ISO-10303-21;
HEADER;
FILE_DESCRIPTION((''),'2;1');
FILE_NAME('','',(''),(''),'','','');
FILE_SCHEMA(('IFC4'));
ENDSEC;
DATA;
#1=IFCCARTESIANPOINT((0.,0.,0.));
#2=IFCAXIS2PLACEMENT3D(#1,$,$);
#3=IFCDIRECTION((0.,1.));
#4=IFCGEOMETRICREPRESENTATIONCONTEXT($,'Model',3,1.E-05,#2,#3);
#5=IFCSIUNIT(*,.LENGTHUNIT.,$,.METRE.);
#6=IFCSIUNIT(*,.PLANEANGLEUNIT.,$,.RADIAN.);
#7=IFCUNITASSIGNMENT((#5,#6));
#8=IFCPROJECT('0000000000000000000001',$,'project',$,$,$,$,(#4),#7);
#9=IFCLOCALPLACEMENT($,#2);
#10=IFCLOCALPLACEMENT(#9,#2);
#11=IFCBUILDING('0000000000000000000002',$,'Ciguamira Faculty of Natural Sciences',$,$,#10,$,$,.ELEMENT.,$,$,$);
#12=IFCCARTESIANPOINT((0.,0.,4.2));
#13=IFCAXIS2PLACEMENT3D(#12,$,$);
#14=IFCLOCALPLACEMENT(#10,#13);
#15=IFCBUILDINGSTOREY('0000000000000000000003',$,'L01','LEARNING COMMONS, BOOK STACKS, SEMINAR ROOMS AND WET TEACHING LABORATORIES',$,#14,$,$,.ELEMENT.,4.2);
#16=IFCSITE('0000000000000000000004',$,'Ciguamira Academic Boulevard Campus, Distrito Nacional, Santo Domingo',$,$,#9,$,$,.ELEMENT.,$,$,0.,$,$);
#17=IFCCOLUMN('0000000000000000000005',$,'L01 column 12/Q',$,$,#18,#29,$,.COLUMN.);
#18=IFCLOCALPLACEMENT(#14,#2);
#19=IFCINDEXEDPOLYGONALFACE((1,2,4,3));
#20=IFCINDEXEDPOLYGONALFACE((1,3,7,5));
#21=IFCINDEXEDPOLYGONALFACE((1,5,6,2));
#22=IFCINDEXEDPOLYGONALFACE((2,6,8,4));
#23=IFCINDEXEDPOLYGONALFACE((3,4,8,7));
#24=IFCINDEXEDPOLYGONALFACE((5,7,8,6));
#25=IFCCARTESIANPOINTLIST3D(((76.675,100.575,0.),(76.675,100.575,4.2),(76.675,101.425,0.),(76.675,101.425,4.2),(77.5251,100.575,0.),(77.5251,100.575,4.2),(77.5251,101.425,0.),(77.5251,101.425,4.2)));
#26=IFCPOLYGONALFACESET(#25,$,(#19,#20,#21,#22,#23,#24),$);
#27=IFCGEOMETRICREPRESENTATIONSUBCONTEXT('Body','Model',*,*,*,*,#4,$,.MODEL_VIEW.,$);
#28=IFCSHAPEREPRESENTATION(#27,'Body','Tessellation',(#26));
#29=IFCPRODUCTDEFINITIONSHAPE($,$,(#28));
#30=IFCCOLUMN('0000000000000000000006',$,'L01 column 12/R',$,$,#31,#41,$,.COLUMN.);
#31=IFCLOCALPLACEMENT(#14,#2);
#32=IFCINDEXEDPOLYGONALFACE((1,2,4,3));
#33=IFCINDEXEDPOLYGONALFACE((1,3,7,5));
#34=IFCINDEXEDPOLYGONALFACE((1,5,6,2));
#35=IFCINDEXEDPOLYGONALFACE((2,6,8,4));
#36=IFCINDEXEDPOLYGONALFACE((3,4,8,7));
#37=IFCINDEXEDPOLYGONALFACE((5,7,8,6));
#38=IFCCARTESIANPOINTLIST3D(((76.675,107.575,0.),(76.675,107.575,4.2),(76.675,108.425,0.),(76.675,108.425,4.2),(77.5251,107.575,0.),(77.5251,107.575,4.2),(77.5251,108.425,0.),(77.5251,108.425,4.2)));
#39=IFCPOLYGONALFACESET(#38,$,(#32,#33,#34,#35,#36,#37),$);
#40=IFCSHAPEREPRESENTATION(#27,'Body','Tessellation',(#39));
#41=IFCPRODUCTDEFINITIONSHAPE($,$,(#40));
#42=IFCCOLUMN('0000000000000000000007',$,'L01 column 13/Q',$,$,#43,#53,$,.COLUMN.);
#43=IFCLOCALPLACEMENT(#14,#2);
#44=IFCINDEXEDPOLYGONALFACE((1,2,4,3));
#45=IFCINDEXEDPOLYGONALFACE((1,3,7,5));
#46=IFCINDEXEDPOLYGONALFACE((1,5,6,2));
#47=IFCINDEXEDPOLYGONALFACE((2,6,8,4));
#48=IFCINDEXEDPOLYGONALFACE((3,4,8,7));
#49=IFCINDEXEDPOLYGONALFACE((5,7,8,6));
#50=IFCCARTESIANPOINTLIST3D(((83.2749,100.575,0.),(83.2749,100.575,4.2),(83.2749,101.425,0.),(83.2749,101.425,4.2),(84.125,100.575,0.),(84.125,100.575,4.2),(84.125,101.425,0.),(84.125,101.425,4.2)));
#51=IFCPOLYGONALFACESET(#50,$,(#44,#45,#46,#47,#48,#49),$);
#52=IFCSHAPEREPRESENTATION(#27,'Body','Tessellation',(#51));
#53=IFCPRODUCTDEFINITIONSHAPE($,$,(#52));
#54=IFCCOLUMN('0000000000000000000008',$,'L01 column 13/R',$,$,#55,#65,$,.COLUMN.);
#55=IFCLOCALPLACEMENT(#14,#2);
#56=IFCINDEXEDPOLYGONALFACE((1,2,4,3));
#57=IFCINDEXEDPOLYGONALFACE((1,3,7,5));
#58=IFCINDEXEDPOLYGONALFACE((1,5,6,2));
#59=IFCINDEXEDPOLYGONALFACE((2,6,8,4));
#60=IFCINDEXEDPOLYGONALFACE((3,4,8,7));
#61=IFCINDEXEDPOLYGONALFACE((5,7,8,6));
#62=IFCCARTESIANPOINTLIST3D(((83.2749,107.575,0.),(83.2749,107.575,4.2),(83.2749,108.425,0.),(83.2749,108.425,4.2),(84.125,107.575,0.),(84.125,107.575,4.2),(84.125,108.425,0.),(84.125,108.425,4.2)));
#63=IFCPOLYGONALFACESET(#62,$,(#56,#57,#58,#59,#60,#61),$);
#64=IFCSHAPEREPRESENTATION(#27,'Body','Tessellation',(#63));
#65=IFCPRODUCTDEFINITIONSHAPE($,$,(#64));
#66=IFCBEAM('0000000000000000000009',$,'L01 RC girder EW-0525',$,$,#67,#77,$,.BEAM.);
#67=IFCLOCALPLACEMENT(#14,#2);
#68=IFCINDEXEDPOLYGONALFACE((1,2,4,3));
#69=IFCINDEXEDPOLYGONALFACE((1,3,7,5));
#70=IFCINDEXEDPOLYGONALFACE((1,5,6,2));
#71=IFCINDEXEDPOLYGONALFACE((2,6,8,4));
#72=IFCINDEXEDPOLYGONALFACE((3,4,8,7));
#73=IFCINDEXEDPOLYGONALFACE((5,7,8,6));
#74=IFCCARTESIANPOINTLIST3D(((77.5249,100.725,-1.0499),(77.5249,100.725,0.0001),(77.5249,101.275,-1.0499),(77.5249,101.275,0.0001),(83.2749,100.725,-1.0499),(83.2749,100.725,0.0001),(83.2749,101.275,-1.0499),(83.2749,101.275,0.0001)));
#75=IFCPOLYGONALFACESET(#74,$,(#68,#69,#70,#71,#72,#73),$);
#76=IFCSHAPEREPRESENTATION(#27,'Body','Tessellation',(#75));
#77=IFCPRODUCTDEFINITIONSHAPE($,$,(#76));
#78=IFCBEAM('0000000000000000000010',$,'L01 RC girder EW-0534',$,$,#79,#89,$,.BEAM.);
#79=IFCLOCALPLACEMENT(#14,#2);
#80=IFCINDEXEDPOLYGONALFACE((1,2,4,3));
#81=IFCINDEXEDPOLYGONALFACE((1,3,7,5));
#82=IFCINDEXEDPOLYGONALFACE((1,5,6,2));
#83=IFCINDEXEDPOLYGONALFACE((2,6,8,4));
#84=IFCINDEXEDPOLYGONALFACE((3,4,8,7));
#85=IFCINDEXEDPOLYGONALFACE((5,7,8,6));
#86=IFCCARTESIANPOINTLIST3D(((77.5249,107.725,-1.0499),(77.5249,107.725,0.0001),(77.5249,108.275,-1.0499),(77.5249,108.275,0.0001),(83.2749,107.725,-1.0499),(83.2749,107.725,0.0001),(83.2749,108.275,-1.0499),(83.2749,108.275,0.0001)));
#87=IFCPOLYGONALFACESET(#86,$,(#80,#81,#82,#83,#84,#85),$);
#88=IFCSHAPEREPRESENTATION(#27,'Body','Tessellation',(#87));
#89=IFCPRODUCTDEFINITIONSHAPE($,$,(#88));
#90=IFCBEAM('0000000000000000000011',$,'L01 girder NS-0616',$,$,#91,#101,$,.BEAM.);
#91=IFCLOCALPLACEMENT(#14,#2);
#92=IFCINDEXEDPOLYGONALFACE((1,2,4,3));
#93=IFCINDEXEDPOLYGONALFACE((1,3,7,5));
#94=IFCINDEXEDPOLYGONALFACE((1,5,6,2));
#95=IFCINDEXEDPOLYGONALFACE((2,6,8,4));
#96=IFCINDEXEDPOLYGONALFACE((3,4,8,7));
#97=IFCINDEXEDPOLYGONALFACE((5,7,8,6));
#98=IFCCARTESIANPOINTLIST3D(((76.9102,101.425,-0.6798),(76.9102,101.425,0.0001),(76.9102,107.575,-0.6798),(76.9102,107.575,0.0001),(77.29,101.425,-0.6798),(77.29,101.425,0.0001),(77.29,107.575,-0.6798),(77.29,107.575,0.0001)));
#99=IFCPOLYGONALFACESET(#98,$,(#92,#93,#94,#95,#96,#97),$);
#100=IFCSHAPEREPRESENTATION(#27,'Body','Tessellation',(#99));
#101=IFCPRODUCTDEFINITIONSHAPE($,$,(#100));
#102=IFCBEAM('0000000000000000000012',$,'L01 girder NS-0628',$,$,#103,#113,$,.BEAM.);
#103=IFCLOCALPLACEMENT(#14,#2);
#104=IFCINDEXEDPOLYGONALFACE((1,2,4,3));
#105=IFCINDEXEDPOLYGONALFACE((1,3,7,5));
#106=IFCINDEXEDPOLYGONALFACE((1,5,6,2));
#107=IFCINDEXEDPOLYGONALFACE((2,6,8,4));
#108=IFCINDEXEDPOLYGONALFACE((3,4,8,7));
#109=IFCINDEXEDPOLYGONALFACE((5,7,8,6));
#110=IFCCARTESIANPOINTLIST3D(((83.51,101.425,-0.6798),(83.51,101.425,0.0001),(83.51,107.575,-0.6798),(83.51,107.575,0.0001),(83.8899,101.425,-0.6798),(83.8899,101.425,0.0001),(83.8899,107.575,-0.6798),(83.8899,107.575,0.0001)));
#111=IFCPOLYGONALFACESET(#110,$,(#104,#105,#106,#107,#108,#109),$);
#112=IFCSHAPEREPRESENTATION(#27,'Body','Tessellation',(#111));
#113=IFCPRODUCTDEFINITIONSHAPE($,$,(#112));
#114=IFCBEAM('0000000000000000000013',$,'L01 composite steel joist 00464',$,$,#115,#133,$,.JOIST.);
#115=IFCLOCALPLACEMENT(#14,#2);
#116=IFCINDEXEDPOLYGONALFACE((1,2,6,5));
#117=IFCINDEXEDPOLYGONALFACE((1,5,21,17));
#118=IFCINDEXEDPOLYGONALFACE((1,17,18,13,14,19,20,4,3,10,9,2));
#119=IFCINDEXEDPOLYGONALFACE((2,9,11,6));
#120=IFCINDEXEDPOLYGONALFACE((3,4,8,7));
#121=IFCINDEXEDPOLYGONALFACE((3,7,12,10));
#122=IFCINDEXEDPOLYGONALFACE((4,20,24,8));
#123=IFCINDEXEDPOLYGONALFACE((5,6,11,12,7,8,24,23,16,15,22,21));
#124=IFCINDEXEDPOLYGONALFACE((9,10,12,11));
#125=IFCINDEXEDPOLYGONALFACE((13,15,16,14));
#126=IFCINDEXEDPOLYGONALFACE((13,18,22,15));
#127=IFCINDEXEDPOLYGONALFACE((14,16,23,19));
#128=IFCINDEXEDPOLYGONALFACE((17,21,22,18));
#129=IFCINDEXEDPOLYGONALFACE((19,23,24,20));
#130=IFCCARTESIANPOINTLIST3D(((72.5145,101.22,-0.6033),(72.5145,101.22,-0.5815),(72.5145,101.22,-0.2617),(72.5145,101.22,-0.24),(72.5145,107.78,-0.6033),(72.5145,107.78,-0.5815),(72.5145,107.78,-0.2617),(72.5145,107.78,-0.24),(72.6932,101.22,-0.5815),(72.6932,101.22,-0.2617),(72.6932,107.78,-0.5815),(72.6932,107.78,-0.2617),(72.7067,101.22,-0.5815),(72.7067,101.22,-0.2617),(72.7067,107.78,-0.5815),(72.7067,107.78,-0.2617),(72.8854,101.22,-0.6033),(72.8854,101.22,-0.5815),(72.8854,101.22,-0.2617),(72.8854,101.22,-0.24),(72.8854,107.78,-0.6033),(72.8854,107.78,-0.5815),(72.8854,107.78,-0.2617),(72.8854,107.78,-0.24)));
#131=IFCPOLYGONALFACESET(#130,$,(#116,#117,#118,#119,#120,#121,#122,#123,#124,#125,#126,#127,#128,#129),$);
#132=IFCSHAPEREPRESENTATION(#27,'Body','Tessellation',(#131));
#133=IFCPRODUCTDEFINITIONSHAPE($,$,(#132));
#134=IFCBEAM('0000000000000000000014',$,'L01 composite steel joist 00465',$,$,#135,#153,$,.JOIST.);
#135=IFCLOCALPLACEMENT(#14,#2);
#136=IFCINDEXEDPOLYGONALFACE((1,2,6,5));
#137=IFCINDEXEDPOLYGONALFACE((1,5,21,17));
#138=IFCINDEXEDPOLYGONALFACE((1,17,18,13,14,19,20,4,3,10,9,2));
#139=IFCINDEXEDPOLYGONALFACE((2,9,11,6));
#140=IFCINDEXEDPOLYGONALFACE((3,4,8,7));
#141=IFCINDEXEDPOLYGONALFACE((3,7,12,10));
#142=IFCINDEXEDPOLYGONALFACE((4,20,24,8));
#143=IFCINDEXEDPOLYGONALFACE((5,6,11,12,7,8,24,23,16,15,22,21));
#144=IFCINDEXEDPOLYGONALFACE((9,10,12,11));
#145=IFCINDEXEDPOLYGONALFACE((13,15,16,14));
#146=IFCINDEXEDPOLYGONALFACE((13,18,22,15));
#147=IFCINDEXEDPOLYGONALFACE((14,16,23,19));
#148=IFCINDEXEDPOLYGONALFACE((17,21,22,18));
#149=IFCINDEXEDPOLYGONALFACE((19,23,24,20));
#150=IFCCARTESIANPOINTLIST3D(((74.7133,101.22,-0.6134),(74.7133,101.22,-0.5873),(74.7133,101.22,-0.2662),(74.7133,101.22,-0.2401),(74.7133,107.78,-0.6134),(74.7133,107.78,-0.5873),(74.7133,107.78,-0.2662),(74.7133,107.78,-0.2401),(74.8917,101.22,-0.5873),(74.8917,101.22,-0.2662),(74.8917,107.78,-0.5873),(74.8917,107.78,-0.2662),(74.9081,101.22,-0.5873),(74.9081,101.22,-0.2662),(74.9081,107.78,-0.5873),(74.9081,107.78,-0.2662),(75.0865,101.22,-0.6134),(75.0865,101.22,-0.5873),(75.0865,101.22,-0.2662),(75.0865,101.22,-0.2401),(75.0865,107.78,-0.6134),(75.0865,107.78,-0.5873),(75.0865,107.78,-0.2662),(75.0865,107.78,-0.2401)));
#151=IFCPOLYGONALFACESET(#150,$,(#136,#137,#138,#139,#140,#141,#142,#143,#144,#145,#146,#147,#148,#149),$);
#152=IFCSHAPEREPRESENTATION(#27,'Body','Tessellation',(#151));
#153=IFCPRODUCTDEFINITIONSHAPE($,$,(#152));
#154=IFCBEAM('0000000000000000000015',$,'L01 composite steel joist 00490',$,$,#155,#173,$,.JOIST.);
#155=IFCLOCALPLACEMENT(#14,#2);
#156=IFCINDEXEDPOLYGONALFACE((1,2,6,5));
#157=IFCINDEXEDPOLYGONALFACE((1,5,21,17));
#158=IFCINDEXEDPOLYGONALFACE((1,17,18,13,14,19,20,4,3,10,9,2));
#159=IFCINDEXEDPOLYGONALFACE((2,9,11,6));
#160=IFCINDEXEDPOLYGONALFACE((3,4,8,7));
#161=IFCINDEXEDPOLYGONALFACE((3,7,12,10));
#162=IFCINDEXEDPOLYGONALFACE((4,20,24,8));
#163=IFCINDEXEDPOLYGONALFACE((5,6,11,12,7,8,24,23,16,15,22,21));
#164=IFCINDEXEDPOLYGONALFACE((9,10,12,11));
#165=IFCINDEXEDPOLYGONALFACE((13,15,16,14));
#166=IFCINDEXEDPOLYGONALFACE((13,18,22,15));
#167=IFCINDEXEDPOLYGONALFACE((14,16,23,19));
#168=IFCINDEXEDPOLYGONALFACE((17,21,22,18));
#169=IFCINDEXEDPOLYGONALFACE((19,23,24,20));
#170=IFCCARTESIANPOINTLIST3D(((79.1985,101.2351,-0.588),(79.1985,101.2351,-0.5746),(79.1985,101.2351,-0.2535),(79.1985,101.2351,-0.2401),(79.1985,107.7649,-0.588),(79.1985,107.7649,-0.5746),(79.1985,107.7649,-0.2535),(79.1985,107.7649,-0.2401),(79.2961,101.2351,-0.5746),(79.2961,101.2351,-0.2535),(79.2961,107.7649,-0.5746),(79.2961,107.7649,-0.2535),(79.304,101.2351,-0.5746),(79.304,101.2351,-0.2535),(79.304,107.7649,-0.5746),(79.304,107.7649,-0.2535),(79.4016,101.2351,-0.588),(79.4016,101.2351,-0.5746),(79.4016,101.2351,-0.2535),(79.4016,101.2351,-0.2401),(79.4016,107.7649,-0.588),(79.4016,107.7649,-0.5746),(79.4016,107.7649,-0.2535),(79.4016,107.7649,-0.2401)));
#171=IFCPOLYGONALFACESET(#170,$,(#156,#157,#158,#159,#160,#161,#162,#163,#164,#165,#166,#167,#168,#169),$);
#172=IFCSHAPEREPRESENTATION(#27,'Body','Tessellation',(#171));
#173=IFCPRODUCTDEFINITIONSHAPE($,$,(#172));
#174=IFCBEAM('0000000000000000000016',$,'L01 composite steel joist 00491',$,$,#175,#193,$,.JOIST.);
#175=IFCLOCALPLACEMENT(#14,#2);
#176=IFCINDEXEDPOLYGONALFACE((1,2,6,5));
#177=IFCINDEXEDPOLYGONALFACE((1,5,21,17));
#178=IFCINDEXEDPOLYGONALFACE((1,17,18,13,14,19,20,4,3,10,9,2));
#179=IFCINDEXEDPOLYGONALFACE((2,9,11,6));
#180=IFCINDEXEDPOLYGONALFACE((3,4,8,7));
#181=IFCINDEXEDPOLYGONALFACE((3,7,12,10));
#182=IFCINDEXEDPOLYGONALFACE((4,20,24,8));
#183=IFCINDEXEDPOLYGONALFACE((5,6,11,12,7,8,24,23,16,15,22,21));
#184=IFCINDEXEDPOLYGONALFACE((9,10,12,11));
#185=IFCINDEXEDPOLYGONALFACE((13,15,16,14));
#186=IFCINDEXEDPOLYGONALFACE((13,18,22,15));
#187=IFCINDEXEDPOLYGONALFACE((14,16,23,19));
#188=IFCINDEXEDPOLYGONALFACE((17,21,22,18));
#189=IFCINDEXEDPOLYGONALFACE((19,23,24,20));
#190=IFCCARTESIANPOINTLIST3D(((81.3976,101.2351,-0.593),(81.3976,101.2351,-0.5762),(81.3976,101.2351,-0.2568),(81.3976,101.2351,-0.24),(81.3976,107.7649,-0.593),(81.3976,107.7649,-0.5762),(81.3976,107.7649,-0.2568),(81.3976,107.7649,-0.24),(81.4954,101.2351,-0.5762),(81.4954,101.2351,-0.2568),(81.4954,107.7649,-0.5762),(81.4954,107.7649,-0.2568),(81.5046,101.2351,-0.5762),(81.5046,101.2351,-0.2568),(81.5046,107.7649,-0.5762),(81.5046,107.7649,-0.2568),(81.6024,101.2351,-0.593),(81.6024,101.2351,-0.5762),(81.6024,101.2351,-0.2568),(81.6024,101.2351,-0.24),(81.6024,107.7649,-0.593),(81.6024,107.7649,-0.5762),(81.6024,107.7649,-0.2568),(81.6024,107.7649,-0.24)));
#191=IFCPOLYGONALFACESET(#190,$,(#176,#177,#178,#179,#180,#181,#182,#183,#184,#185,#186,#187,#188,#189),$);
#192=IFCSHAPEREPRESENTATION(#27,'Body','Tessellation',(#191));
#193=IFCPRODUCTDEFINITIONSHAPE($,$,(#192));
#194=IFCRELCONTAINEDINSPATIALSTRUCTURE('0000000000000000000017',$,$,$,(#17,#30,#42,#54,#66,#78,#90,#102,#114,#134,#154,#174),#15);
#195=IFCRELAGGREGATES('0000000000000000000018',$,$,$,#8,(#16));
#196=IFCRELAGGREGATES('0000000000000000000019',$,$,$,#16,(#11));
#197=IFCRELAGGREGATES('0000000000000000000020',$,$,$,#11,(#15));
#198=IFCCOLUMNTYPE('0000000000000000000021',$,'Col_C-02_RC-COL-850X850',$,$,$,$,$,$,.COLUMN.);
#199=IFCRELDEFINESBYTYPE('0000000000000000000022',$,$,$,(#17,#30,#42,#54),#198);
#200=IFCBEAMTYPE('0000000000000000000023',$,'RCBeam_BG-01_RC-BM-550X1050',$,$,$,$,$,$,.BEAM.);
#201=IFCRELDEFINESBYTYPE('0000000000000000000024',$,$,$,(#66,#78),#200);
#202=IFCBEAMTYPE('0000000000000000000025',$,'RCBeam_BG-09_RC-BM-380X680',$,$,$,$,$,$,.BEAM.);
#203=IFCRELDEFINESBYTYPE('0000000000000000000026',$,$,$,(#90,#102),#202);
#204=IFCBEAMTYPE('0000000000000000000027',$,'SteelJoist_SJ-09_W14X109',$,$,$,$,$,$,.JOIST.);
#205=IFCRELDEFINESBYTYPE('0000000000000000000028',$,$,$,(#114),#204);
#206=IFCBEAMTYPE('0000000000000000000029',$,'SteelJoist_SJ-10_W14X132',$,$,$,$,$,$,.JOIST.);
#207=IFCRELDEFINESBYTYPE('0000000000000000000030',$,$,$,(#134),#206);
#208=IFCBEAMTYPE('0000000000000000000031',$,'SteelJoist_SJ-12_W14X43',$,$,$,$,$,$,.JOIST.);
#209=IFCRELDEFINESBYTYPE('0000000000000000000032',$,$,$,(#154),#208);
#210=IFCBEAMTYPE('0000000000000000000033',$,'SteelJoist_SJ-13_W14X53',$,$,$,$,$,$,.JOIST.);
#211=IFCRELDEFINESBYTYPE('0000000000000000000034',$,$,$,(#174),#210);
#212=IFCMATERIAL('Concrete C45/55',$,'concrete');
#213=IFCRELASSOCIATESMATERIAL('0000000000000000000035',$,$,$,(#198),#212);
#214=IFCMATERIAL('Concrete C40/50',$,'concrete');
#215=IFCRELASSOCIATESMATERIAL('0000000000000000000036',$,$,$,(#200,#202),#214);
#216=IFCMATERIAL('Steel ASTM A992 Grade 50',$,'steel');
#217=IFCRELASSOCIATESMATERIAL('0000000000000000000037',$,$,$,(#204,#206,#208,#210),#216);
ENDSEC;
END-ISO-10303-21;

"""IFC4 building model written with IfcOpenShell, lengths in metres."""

from ifc_helpers import new_model, si_unit, direction, frame, origin, origin_2d, place, context, subcontext, project, spatial, rectangle, i_section, extrude, material, material_profile, profile_set, type_object, element, save


model = new_model("IFC4")

# Units and contexts
model_context = context("Model", 3, precision=1e-05, world=origin(), true_north=direction((0.0, 1.0)))
body_context = subcontext(model_context, "Body", "Model", "MODEL_VIEW")
ifc_project = project(units=[si_unit("LENGTHUNIT", "METRE"), si_unit("PLANEANGLEUNIT", "RADIAN")], contexts=[model_context])

# Site, building, storey
site_placement = place(None, origin())
site = spatial("IfcSite", under=ifc_project, at=site_placement, Name="Ciguamira Academic Boulevard Campus, Distrito Nacional, Santo Domingo", CompositionType="ELEMENT", RefElevation=0.0)
building_placement = place(site_placement, origin())
building = spatial("IfcBuilding", under=site, at=building_placement, Name="Ciguamira Faculty of Natural Sciences", CompositionType="ELEMENT")
storey_placement = place(building_placement, frame((0.0, 0.0, 4.2)))
storey = spatial("IfcBuildingStorey", under=building, at=storey_placement, Name="L01", Description="LEARNING COMMONS, BOOK STACKS, SEMINAR ROOMS AND WET TEACHING LABORATORIES", CompositionType="ELEMENT", Elevation=4.2)

# Columns
ifc_material_1 = material(Name="Concrete C45/55", Category="concrete")
ifc_material_profile_1 = material_profile(ifc_material_1, rectangle(XDim=0.8501, YDim=0.8501, at=origin_2d()), Name="RC-COL-850X850")
ifc_profile_set_1 = profile_set([ifc_material_profile_1], Name="Concrete C45/55")
column_type = type_object("IfcColumnType", Name="Col_C-02_RC-COL-850X850", PredefinedType="COLUMN", material=ifc_profile_set_1)
for number, where, z_axis, x_axis, name in (
    (1, (77.1001, 101.0, 0.0), (0.0, 0.0, 1.0), (1.0, 0.0, 0.0), "L01 column 12/Q"),
    (2, (77.1001, 108.0, 0.0), (0.0, 0.0, 1.0), (1.0, 0.0, 0.0), "L01 column 12/R"),
    (3, (83.7, 101.0, 0.0), (0.0, 0.0, 1.0), (1.0, 0.0, 0.0), "L01 column 13/Q"),
    (4, (83.7, 108.0, 0.0), (0.0, 0.0, 1.0), (1.0, 0.0, 0.0), "L01 column 13/R"),
):
    element("IfcColumn", number, at=place(storey_placement, frame(where, z_axis=z_axis, x_axis=x_axis)), inside=storey, type_object=column_type, Name=name, PredefinedType="COLUMN", context=body_context, shape_type="SweptSolid", body=[
        extrude(rectangle(XDim=0.8501, YDim=0.8501, at=origin_2d()), origin(), (0.0, 0.0, 1.0), 4.2),
    ])

# Beams
ifc_material_2 = material(Name="Concrete C40/50", Category="concrete")
ifc_material_profile_2 = material_profile(ifc_material_2, rectangle(XDim=0.55, YDim=1.05, at=origin_2d()), Name="RC-BM-550X1050")
ifc_profile_set_2 = profile_set([ifc_material_profile_2], Name="Concrete C40/50")
beam_type_1 = type_object("IfcBeamType", Name="RCBeam_BG-01_RC-BM-550X1050", PredefinedType="BEAM", material=ifc_profile_set_2)
for number, where, z_axis, x_axis, name in (
    (5, (77.5249, 101.0, -0.5249), (1.0, 0.0, 0.0), (0.0, 1.0, 0.0), "L01 RC girder EW-0525"),
    (6, (77.5249, 108.0, -0.5249), (1.0, 0.0, 0.0), (0.0, 1.0, 0.0), "L01 RC girder EW-0534"),
):
    element("IfcBeam", number, at=place(storey_placement, frame(where, z_axis=z_axis, x_axis=x_axis)), inside=storey, type_object=beam_type_1, Name=name, PredefinedType="BEAM", context=body_context, shape_type="SweptSolid", body=[
        extrude(rectangle(XDim=0.55, YDim=1.05, at=origin_2d()), origin(), (0.0, 0.0, 1.0), 5.75),
    ])
ifc_material_profile_3 = material_profile(ifc_material_2, rectangle(XDim=0.3799, YDim=0.6799, at=origin_2d()), Name="RC-BM-380X680")
ifc_profile_set_3 = profile_set([ifc_material_profile_3], Name="Concrete C40/50")
beam_type_2 = type_object("IfcBeamType", Name="RCBeam_BG-09_RC-BM-380X680", PredefinedType="BEAM", material=ifc_profile_set_3)
for number, where, z_axis, x_axis, name in (
    (7, (77.1001, 101.425, -0.3398), (0.0, 1.0, 0.0), (-1.0, 0.0, 0.0), "L01 girder NS-0616"),
    (8, (83.7, 101.425, -0.3398), (0.0, 1.0, 0.0), (-1.0, 0.0, 0.0), "L01 girder NS-0628"),
):
    element("IfcBeam", number, at=place(storey_placement, frame(where, z_axis=z_axis, x_axis=x_axis)), inside=storey, type_object=beam_type_2, Name=name, PredefinedType="BEAM", context=body_context, shape_type="SweptSolid", body=[
        extrude(rectangle(XDim=0.3799, YDim=0.6799, at=origin_2d()), origin(), (0.0, 0.0, 1.0), 6.1499),
    ])
ifc_material_3 = material(Name="Steel ASTM A992 Grade 50", Category="steel")
ifc_material_profile_4 = material_profile(ifc_material_3, i_section(OverallWidth=0.3708, OverallDepth=0.3633, WebThickness=0.0134, FlangeThickness=0.0217, at=origin_2d()), Name="W14X109")
ifc_profile_set_4 = profile_set([ifc_material_profile_4], Name="Steel ASTM A992 Grade 50")
beam_type_3 = type_object("IfcBeamType", Name="SteelJoist_SJ-09_W14X109", PredefinedType="JOIST", material=ifc_profile_set_4)
beam_1_placement = place(storey_placement, frame((72.7, 101.22, -0.4216), z_axis=(0.0, 1.0, 0.0), x_axis=(-1.0, 0.0, 0.0)))
element("IfcBeam", 9, at=beam_1_placement, inside=storey, type_object=beam_type_3, Name="L01 composite steel joist 00464", PredefinedType="JOIST", context=body_context, shape_type="SweptSolid", body=[
    extrude(i_section(OverallWidth=0.3708, OverallDepth=0.3633, WebThickness=0.0134, FlangeThickness=0.0217, at=origin_2d()), origin(), (0.0, 0.0, 1.0), 6.5601),
])
ifc_material_profile_5 = material_profile(ifc_material_3, i_section(OverallWidth=0.3733, OverallDepth=0.3733, WebThickness=0.0164, FlangeThickness=0.0261, at=origin_2d()), Name="W14X132")
ifc_profile_set_5 = profile_set([ifc_material_profile_5], Name="Steel ASTM A992 Grade 50")
beam_type_4 = type_object("IfcBeamType", Name="SteelJoist_SJ-10_W14X132", PredefinedType="JOIST", material=ifc_profile_set_5)
beam_2_placement = place(storey_placement, frame((74.8999, 101.22, -0.4268), z_axis=(0.0, 1.0, 0.0), x_axis=(-1.0, 0.0, 0.0)))
element("IfcBeam", 10, at=beam_2_placement, inside=storey, type_object=beam_type_4, Name="L01 composite steel joist 00465", PredefinedType="JOIST", context=body_context, shape_type="SweptSolid", body=[
    extrude(i_section(OverallWidth=0.3733, OverallDepth=0.3733, WebThickness=0.0164, FlangeThickness=0.0261, at=origin_2d()), origin(), (0.0, 0.0, 1.0), 6.5601),
])
ifc_material_profile_6 = material_profile(ifc_material_3, i_section(OverallWidth=0.2031, OverallDepth=0.3479, WebThickness=0.0078, FlangeThickness=0.0134, at=origin_2d()), Name="W14X43")
ifc_profile_set_6 = profile_set([ifc_material_profile_6], Name="Steel ASTM A992 Grade 50")
beam_type_5 = type_object("IfcBeamType", Name="SteelJoist_SJ-12_W14X43", PredefinedType="JOIST", material=ifc_profile_set_6)
beam_3_placement = place(storey_placement, frame((79.3, 101.2351, -0.4141), z_axis=(0.0, 1.0, 0.0), x_axis=(-1.0, 0.0, 0.0)))
element("IfcBeam", 11, at=beam_3_placement, inside=storey, type_object=beam_type_5, Name="L01 composite steel joist 00490", PredefinedType="JOIST", context=body_context, shape_type="SweptSolid", body=[
    extrude(i_section(OverallWidth=0.2031, OverallDepth=0.3479, WebThickness=0.0078, FlangeThickness=0.0134, at=origin_2d()), origin(), (0.0, 0.0, 1.0), 6.5298),
])
ifc_material_profile_7 = material_profile(ifc_material_3, i_section(OverallWidth=0.2048, OverallDepth=0.353, WebThickness=0.0093, FlangeThickness=0.0168, at=origin_2d()), Name="W14X53")
ifc_profile_set_7 = profile_set([ifc_material_profile_7], Name="Steel ASTM A992 Grade 50")
beam_type_6 = type_object("IfcBeamType", Name="SteelJoist_SJ-13_W14X53", PredefinedType="JOIST", material=ifc_profile_set_7)
beam_4_placement = place(storey_placement, frame((81.5, 101.2351, -0.4165), z_axis=(0.0, 1.0, 0.0), x_axis=(-1.0, 0.0, 0.0)))
element("IfcBeam", 12, at=beam_4_placement, inside=storey, type_object=beam_type_6, Name="L01 composite steel joist 00491", PredefinedType="JOIST", context=body_context, shape_type="SweptSolid", body=[
    extrude(i_section(OverallWidth=0.2048, OverallDepth=0.353, WebThickness=0.0093, FlangeThickness=0.0168, at=origin_2d()), origin(), (0.0, 0.0, 1.0), 6.5298),
])

save(model, "model.ifc")
